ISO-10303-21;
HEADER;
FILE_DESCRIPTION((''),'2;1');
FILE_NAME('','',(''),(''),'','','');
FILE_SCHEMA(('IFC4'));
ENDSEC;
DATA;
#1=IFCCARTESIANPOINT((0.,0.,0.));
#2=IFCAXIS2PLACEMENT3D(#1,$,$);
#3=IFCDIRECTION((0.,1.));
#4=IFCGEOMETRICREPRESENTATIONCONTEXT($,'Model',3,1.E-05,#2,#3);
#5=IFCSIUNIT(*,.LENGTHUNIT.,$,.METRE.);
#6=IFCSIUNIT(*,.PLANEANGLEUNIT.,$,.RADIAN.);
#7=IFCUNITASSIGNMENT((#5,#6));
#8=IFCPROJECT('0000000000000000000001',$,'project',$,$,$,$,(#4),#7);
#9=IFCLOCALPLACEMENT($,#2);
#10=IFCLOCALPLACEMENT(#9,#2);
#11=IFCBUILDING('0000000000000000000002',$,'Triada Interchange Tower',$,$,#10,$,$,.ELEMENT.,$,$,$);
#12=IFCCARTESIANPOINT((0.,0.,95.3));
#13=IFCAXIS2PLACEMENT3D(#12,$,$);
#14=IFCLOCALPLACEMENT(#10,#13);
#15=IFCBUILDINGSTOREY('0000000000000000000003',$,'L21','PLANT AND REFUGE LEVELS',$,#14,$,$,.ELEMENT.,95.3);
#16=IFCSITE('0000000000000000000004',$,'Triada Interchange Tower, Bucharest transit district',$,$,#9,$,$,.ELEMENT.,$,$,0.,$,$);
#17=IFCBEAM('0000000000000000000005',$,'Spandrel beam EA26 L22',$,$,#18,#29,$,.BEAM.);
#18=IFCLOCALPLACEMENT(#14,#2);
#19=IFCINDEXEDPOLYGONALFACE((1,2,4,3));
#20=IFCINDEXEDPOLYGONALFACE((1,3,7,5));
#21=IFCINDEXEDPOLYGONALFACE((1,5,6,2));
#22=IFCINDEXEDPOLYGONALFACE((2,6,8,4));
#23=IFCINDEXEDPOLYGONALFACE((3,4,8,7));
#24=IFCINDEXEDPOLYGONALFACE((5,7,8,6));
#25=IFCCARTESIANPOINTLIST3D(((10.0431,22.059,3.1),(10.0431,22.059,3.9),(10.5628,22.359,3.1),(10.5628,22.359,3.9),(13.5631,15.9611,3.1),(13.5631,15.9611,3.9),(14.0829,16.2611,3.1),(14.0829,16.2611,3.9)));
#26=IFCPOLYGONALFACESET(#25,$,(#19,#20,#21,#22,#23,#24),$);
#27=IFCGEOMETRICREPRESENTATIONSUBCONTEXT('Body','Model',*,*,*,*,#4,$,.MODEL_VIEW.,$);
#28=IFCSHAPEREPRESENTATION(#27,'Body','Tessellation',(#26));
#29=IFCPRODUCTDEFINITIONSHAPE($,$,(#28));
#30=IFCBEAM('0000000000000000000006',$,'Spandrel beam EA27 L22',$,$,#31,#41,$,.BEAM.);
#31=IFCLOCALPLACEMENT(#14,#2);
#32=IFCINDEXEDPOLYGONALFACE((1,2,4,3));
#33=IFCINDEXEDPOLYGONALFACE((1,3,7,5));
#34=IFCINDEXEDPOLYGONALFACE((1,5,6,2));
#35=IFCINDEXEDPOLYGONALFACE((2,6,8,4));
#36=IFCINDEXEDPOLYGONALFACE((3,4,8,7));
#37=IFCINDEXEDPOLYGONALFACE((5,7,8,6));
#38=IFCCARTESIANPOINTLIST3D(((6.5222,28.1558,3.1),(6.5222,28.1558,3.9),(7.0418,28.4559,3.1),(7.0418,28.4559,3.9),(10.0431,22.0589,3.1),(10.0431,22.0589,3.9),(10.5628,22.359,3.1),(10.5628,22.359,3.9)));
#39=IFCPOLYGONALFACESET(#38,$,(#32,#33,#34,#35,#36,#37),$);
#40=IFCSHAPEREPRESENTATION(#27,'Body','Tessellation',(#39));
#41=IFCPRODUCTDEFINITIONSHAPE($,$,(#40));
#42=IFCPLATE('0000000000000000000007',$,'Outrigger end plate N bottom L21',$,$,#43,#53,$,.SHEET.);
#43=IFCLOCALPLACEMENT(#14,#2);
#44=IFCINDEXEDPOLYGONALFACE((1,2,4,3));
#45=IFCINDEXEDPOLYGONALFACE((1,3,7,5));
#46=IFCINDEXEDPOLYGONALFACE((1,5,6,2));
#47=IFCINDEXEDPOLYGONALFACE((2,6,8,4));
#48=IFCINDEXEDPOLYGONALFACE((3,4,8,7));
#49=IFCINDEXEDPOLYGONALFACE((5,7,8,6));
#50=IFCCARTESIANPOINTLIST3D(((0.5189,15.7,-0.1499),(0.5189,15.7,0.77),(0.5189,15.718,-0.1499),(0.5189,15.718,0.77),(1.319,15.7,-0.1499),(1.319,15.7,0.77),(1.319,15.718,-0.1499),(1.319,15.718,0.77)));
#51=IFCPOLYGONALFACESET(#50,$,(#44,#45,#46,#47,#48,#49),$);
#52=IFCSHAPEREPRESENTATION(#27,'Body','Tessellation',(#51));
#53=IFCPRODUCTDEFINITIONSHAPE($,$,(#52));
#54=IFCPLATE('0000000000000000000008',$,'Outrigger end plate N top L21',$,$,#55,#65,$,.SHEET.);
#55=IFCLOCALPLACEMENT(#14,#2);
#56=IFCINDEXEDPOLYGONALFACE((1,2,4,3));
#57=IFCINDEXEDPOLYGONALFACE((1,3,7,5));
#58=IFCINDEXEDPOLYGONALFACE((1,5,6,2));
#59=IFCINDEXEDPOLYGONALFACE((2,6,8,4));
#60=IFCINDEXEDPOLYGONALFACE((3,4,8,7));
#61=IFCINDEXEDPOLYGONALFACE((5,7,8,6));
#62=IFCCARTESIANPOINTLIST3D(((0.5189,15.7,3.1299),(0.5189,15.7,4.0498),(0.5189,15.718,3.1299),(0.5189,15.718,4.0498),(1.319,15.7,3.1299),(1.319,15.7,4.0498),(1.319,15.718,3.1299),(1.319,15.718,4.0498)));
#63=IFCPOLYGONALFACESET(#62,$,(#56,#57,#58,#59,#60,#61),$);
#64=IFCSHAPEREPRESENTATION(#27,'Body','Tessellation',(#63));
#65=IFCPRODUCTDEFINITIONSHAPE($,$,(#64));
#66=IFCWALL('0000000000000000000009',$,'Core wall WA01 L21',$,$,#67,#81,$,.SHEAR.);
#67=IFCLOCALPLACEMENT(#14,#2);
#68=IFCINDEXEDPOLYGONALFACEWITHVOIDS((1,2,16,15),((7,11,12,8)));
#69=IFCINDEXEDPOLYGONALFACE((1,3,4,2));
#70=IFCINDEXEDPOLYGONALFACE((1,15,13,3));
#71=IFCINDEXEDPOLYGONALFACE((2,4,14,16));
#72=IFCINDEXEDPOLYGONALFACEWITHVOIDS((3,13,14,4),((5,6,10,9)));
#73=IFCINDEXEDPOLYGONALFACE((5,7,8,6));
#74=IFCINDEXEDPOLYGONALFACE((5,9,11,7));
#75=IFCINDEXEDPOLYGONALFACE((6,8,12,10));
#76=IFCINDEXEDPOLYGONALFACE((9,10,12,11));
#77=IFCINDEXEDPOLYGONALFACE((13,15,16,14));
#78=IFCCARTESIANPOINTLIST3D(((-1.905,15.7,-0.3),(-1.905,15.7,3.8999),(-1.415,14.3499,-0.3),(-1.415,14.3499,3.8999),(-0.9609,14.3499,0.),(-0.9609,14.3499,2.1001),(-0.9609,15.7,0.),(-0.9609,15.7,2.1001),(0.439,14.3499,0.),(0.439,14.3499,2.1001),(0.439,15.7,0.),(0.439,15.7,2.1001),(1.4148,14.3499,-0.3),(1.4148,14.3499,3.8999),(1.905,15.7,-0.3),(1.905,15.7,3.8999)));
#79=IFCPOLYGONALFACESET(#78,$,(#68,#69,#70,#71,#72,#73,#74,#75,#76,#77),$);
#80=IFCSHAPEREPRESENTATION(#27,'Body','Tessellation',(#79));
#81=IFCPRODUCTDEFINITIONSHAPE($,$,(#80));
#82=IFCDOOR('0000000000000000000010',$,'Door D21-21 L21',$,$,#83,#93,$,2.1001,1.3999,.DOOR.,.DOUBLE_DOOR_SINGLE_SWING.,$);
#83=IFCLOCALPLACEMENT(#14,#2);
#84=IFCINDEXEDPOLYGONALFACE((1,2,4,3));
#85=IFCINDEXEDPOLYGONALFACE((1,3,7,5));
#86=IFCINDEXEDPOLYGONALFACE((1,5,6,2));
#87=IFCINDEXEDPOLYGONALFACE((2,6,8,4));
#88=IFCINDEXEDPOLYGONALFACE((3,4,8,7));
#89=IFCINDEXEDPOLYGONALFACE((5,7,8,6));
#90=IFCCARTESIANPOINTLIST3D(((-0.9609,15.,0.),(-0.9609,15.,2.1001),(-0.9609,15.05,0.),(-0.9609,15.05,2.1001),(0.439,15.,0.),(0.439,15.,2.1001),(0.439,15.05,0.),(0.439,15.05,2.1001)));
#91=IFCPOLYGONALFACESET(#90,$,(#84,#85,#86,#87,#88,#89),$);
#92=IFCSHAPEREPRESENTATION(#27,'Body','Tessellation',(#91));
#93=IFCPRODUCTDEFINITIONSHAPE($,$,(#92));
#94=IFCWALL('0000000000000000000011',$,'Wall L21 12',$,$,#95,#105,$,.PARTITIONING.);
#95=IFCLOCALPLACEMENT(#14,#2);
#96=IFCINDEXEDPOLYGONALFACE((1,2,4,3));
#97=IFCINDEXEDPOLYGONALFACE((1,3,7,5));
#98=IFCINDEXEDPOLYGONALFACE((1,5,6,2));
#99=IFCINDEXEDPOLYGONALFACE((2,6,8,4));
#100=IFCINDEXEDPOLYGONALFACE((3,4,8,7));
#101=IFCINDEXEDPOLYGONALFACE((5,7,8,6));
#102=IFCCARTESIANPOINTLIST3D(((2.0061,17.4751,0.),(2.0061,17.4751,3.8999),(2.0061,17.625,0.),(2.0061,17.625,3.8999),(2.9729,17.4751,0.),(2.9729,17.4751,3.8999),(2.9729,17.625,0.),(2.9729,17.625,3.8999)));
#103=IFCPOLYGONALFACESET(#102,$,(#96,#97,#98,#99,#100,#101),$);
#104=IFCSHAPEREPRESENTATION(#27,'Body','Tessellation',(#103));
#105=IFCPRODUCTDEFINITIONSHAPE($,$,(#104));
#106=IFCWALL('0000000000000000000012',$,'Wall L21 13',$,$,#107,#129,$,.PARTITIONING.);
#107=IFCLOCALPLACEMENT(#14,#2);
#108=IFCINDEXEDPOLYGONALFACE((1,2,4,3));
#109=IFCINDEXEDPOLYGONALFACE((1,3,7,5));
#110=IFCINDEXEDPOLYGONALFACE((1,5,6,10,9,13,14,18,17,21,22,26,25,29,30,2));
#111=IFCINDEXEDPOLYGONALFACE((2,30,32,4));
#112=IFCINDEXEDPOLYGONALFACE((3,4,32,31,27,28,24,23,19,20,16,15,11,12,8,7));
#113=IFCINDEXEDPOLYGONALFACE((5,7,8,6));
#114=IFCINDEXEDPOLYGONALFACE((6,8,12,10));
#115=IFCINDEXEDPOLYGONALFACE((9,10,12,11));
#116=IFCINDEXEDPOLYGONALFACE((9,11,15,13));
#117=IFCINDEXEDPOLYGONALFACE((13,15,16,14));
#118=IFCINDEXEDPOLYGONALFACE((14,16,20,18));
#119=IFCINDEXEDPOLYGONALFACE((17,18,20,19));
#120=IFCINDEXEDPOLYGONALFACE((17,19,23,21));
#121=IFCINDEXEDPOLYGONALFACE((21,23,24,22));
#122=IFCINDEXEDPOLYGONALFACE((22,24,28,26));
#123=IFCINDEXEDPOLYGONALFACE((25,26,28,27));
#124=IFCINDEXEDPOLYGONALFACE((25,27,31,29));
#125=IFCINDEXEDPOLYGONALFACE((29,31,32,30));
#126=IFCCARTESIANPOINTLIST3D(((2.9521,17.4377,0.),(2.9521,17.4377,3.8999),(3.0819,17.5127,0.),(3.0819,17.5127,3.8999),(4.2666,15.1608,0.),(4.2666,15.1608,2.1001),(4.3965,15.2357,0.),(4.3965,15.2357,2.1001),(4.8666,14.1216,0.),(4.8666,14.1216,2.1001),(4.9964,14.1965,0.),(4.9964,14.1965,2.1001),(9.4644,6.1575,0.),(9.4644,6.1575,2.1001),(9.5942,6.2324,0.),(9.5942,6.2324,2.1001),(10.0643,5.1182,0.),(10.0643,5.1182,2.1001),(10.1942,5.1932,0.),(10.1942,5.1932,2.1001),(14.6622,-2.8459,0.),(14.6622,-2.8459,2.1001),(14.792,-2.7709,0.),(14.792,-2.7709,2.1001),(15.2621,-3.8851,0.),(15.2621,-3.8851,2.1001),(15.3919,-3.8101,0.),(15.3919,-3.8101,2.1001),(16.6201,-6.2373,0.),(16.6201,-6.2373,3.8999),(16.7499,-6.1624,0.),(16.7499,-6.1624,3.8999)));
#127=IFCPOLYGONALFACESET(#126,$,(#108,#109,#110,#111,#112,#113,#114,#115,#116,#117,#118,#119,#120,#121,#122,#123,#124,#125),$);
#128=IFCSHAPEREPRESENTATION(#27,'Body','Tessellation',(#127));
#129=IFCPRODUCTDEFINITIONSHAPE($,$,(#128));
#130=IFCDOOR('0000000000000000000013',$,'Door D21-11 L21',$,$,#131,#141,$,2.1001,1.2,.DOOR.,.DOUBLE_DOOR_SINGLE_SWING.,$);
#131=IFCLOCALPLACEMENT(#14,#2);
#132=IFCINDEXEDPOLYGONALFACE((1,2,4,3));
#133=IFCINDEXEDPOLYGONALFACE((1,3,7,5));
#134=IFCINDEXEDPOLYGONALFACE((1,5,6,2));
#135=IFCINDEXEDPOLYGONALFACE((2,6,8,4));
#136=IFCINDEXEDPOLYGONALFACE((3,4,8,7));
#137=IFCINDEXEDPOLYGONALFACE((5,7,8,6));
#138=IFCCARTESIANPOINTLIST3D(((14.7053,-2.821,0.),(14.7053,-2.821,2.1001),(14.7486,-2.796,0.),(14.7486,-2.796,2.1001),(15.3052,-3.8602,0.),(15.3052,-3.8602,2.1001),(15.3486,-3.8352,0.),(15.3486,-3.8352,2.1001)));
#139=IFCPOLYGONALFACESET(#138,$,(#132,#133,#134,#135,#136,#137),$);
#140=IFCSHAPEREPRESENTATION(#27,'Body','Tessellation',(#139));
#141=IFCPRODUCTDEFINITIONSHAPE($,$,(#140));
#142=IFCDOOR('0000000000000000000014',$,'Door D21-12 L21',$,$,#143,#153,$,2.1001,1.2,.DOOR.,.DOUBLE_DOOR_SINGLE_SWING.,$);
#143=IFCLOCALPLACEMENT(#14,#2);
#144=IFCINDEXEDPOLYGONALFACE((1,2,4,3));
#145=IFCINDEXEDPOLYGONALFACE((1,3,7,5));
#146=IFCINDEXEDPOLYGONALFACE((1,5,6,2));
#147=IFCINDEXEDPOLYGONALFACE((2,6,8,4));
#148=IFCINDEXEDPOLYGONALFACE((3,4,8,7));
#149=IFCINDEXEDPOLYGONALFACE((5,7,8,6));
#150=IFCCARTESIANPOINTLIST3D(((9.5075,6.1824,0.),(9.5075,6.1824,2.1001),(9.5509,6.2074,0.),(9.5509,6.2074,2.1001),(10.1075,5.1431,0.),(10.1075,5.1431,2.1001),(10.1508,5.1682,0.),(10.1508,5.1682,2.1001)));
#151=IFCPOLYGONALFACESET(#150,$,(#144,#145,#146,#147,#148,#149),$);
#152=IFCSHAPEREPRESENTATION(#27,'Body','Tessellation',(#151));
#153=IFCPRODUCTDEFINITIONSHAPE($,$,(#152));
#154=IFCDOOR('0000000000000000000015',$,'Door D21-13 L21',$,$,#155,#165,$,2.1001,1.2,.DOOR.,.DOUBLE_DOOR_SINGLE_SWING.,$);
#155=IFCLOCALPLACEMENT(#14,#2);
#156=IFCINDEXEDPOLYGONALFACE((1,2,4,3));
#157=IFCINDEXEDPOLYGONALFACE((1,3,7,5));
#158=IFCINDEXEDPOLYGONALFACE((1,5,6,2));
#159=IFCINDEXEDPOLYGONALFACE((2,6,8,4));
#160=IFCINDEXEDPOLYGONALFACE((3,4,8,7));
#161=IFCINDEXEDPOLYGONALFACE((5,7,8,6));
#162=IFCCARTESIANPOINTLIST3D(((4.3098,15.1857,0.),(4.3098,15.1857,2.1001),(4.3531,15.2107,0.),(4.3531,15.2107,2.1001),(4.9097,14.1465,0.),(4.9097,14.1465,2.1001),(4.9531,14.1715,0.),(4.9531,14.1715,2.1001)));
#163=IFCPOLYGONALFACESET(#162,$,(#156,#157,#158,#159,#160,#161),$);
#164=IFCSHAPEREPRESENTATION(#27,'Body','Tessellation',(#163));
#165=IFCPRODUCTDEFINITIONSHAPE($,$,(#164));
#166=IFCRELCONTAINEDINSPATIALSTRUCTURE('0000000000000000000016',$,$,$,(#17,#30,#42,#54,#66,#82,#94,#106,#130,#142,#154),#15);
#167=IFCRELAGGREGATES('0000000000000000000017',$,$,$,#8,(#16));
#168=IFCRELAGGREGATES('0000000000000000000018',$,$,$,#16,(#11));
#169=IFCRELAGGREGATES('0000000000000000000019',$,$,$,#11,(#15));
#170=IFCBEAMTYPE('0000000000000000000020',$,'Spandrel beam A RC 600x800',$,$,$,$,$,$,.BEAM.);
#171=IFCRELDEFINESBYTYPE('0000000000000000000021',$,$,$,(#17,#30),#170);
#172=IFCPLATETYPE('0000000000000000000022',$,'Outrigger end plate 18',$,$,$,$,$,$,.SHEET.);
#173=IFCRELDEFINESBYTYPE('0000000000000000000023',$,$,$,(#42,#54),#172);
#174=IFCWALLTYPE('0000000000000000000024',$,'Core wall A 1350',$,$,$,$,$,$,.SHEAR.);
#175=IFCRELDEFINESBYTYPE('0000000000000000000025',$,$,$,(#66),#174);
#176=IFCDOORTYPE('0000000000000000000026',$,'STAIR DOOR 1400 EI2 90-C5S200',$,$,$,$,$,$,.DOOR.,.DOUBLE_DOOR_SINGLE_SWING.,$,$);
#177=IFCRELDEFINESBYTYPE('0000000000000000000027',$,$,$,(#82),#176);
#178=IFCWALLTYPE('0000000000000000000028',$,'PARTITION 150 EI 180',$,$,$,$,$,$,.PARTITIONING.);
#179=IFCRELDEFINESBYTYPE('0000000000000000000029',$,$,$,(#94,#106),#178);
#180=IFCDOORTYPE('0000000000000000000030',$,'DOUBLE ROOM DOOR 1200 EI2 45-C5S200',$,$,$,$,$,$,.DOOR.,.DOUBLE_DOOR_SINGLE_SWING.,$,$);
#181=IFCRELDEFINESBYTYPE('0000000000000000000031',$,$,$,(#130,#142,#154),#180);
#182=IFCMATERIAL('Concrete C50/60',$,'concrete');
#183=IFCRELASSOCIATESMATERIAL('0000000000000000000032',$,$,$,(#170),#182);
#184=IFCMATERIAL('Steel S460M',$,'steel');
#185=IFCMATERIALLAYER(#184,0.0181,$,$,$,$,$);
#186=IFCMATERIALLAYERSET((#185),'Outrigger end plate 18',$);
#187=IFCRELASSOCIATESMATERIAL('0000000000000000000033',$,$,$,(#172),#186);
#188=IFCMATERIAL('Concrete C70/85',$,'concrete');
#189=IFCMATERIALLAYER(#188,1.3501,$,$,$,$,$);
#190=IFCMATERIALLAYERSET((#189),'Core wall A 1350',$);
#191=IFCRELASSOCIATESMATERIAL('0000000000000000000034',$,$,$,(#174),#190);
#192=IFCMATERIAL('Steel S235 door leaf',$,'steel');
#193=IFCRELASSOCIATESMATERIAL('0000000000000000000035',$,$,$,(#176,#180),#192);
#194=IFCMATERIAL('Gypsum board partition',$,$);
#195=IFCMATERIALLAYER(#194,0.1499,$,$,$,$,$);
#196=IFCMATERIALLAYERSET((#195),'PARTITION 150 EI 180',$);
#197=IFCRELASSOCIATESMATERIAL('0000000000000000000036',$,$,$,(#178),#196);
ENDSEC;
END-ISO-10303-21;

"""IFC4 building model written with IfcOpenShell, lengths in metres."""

from ifc_helpers import new_model, si_unit, direction, frame, frame_2d, origin, origin_2d, place, context, subcontext, project, spatial, polyline, rectangle, outline, extrude, material, layer, layer_set, material_profile, profile_set, type_object, element, fill, save


model = new_model("IFC4")

# Units and contexts
model_context = context("Model", 3, precision=1e-05, world=origin(), true_north=direction((0.0, 1.0)))
body_context = subcontext(model_context, "Body", "Model", "MODEL_VIEW")
ifc_project = project(units=[si_unit("LENGTHUNIT", "METRE"), si_unit("PLANEANGLEUNIT", "RADIAN")], contexts=[model_context])

# Site, building, storey
site_placement = place(None, origin())
site = spatial("IfcSite", under=ifc_project, at=site_placement, Name="Triada Interchange Tower, Bucharest transit district", CompositionType="ELEMENT", RefElevation=0.0)
building_placement = place(site_placement, origin())
building = spatial("IfcBuilding", under=site, at=building_placement, Name="Triada Interchange Tower", CompositionType="ELEMENT")
storey_placement = place(building_placement, frame((0.0, 0.0, 95.3)))
storey = spatial("IfcBuildingStorey", under=building, at=storey_placement, Name="L21", Description="PLANT AND REFUGE LEVELS", CompositionType="ELEMENT", Elevation=95.3)

# Shared definitions
ifc_material_1 = material(Name="Concrete C70/85", Category="concrete")

# Shared definitions
ifc_material_2 = material(Name="Steel S460M", Category="steel")

# Beams
ifc_material_3 = material(Name="Concrete C50/60", Category="concrete")
ifc_material_profile_1 = material_profile(ifc_material_3, rectangle(XDim=0.6001, YDim=0.8, at=origin_2d()), Name="RC 600x800")
ifc_profile_set_1 = profile_set([ifc_material_profile_1], Name="Concrete C50/60")
beam_type_1 = type_object("IfcBeamType", Name="Spandrel beam A RC 600x800", PredefinedType="BEAM", material=ifc_profile_set_1)
beam_1_placement = place(storey_placement, frame((13.823, 16.1111, 3.5), z_axis=(-0.499936, 0.866063, 0.0), x_axis=(-0.866063, -0.499936, 0.0)))
element("IfcBeam", 1, at=beam_1_placement, inside=storey, type_object=beam_type_1, Name="Spandrel beam EA26 L22", PredefinedType="BEAM", context=body_context, shape_type="SweptSolid", body=[
    extrude(rectangle(XDim=0.6001, YDim=0.8, at=origin_2d()), origin(), (0.0, 0.0, 1.0), 7.041),
])
beam_2_placement = place(storey_placement, frame((10.303, 22.209, 3.5), z_axis=(-0.5001, 0.865968, 0.0), x_axis=(-0.865968, -0.5001, 0.0)))
element("IfcBeam", 2, at=beam_2_placement, inside=storey, type_object=beam_type_1, Name="Spandrel beam EA27 L22", PredefinedType="BEAM", context=body_context, shape_type="SweptSolid", body=[
    extrude(rectangle(XDim=0.6001, YDim=0.8, at=origin_2d()), origin(), (0.0, 0.0, 1.0), 7.0405),
])

# Plates
ifc_layer_1 = layer(ifc_material_2, 0.0181)
ifc_layer_set_1 = layer_set([ifc_layer_1], Name="Outrigger end plate 18")
plate_type = type_object("IfcPlateType", Name="Outrigger end plate 18", PredefinedType="SHEET", material=ifc_layer_set_1)
for number, where, z_axis, x_axis, name in (
    (3, (0.9189, 15.709, -0.1499), (0.0, 0.0, 1.0), (0.0, 1.0, 0.0), "Outrigger end plate N bottom L21"),
    (4, (0.9189, 15.709, 3.1299), (0.0, 0.0, 1.0), (0.0, 1.0, 0.0), "Outrigger end plate N top L21"),
):
    element("IfcPlate", number, at=place(storey_placement, frame(where, z_axis=z_axis, x_axis=x_axis)), inside=storey, type_object=plate_type, Name=name, PredefinedType="SHEET", context=body_context, shape_type="SweptSolid", body=[
        extrude(rectangle(XDim=0.0181, YDim=0.8, at=origin_2d()), origin(), (0.0, 0.0, 1.0), 0.9199),
    ])

# Wall, opening, door
ifc_layer_2 = layer(ifc_material_1, 1.3501)
ifc_layer_set_2 = layer_set([ifc_layer_2], Name="Core wall A 1350")
wall_type_1 = type_object("IfcWallType", Name="Core wall A 1350", PredefinedType="SHEAR", material=ifc_layer_set_2)
wall_1_placement = place(storey_placement, frame((1.6599, 15.0249, -0.3), z_axis=(0.0, 0.0, 1.0), x_axis=(-1.0, 0.0, 0.0)))
wall_1 = element("IfcWall", 5, at=wall_1_placement, inside=storey, type_object=wall_type_1, Name="Core wall WA01 L21", PredefinedType="SHEAR", context=body_context, shape_type="SweptSolid", body=[
    extrude(outline(polyline([(-0.2451, -0.675), (1.6599, -0.675), (3.5649, -0.675), (3.075, 0.675), (1.6602, 0.675), (0.2451, 0.675), (-0.2451, -0.675)])), origin(), (0.0, 0.0, 1.0), 4.2),
])
opening_1_placement = place(wall_1_placement, frame((1.2209, 0.0, 0.3)))
opening_1 = element("IfcOpeningElement", 6, at=opening_1_placement, cuts=wall_1, PredefinedType="OPENING", context=body_context, shape_type="SweptSolid", body=[
    extrude(rectangle(XDim=1.3999, YDim=2.1001, at=frame_2d((0.7, 1.05))), frame((0.0, 0.6851, 0.0), z_axis=(0.0, -1.0, 0.0), x_axis=(1.0, 0.0, 0.0)), (0.0, 0.0, 1.0), 1.3701),
])
ifc_material_4 = material(Name="Steel S235 door leaf", Category="steel")
door_type_1 = type_object("IfcDoorType", Name="STAIR DOOR 1400 EI2 90-C5S200", OperationType="DOUBLE_DOOR_SINGLE_SWING", PredefinedType="DOOR", material=ifc_material_4)
door_1_placement = place(opening_1_placement, origin())
door_1 = element("IfcDoor", 7, at=door_1_placement, inside=storey, type_object=door_type_1, Name="Door D21-21 L21", OperationType="DOUBLE_DOOR_SINGLE_SWING", OverallHeight=2.1001, OverallWidth=1.3999, PredefinedType="DOOR", context=body_context, shape_type="SweptSolid", body=[
    extrude(rectangle(XDim=1.3999, YDim=2.1001, at=frame_2d((0.7, 1.05))), frame((0.0, 0.0249, 0.0), z_axis=(0.0, -1.0, 0.0), x_axis=(1.0, 0.0, 0.0)), (0.0, 0.0, 1.0), 0.05),
])
fill(opening_1, door_1)

# Wall
ifc_material_5 = material(Name="Gypsum board partition")
ifc_layer_3 = layer(ifc_material_5, 0.1499)
ifc_layer_set_3 = layer_set([ifc_layer_3], Name="PARTITION 150 EI 180")
wall_type_2 = type_object("IfcWallType", Name="PARTITION 150 EI 180", PredefinedType="PARTITIONING", material=ifc_layer_set_3)
wall_2_placement = place(storey_placement, frame((2.0061, 17.55, 0.0), z_axis=(0.0, 0.0, 1.0), x_axis=(1.0, 0.0, 0.0)))
element("IfcWall", 8, at=wall_2_placement, inside=storey, type_object=wall_type_2, Name="Wall L21 12", PredefinedType="PARTITIONING", context=body_context, shape_type="SweptSolid", body=[
    extrude(rectangle(XDim=0.9668, YDim=0.1499, at=frame_2d((0.4834, 0.0))), origin(), (0.0, 0.0, 1.0), 3.8999),
])

# Wall, openings, doors
wall_3_placement = place(storey_placement, frame((3.0171, 17.4751, 0.0), z_axis=(0.0, 0.0, 1.0), x_axis=(0.499977, -0.866039, 0.0)))
wall_3 = element("IfcWall", 9, at=wall_3_placement, inside=storey, type_object=wall_type_2, Name="Wall L21 13", PredefinedType="PARTITIONING", context=body_context, shape_type="SweptSolid", body=[
    extrude(rectangle(XDim=27.3372, YDim=0.1499, at=frame_2d((13.6685, 0.0))), origin(), (0.0, 0.0, 1.0), 3.8999),
])
opening_2_placement = place(wall_3_placement, frame((23.4209, 0.0, 0.0)))
opening_2 = element("IfcOpeningElement", 10, at=opening_2_placement, cuts=wall_3, PredefinedType="OPENING", context=body_context, shape_type="SweptSolid", body=[
    extrude(rectangle(XDim=1.2, YDim=2.1001, at=frame_2d((0.6001, 1.05))), frame((0.0, 0.085, 0.0), z_axis=(0.0, -1.0, 0.0), x_axis=(1.0, 0.0, 0.0)), (0.0, 0.0, 1.0), 0.1699),
])
opening_3_placement = place(wall_3_placement, frame((13.0249, 0.0, 0.0)))
opening_3 = element("IfcOpeningElement", 11, at=opening_3_placement, cuts=wall_3, PredefinedType="OPENING", context=body_context, shape_type="SweptSolid", body=[
    extrude(rectangle(XDim=1.2, YDim=2.1001, at=frame_2d((0.6001, 1.05))), frame((0.0, 0.085, 0.0), z_axis=(0.0, -1.0, 0.0), x_axis=(1.0, 0.0, 0.0)), (0.0, 0.0, 1.0), 0.1699),
])
opening_4_placement = place(wall_3_placement, frame((2.6289, 0.0, 0.0)))
opening_4 = element("IfcOpeningElement", 12, at=opening_4_placement, cuts=wall_3, PredefinedType="OPENING", context=body_context, shape_type="SweptSolid", body=[
    extrude(rectangle(XDim=1.2, YDim=2.1001, at=frame_2d((0.6001, 1.05))), frame((0.0, 0.085, 0.0), z_axis=(0.0, -1.0, 0.0), x_axis=(1.0, 0.0, 0.0)), (0.0, 0.0, 1.0), 0.1699),
])
door_type_2 = type_object("IfcDoorType", Name="DOUBLE ROOM DOOR 1200 EI2 45-C5S200", OperationType="DOUBLE_DOOR_SINGLE_SWING", PredefinedType="DOOR", material=ifc_material_4)
door_2_placement = place(opening_2_placement, origin())
door_2 = element("IfcDoor", 13, at=door_2_placement, inside=storey, type_object=door_type_2, Name="Door D21-11 L21", OperationType="DOUBLE_DOOR_SINGLE_SWING", OverallHeight=2.1001, OverallWidth=1.2, PredefinedType="DOOR", context=body_context, shape_type="SweptSolid", body=[
    extrude(rectangle(XDim=1.2, YDim=2.1001, at=frame_2d((0.6001, 1.05))), frame((0.0, 0.0249, 0.0), z_axis=(0.0, -1.0, 0.0), x_axis=(1.0, 0.0, 0.0)), (0.0, 0.0, 1.0), 0.05),
])
fill(opening_2, door_2)
door_3_placement = place(opening_3_placement, origin())
door_3 = element("IfcDoor", 14, at=door_3_placement, inside=storey, type_object=door_type_2, Name="Door D21-12 L21", OperationType="DOUBLE_DOOR_SINGLE_SWING", OverallHeight=2.1001, OverallWidth=1.2, PredefinedType="DOOR", context=body_context, shape_type="SweptSolid", body=[
    extrude(rectangle(XDim=1.2, YDim=2.1001, at=frame_2d((0.6001, 1.05))), frame((0.0, 0.0249, 0.0), z_axis=(0.0, -1.0, 0.0), x_axis=(1.0, 0.0, 0.0)), (0.0, 0.0, 1.0), 0.05),
])
fill(opening_3, door_3)
door_4_placement = place(opening_4_placement, origin())
door_4 = element("IfcDoor", 15, at=door_4_placement, inside=storey, type_object=door_type_2, Name="Door D21-13 L21", OperationType="DOUBLE_DOOR_SINGLE_SWING", OverallHeight=2.1001, OverallWidth=1.2, PredefinedType="DOOR", context=body_context, shape_type="SweptSolid", body=[
    extrude(rectangle(XDim=1.2, YDim=2.1001, at=frame_2d((0.6001, 1.05))), frame((0.0, 0.0249, 0.0), z_axis=(0.0, -1.0, 0.0), x_axis=(1.0, 0.0, 0.0)), (0.0, 0.0, 1.0), 0.05),
])
fill(opening_4, door_4)

save(model, "model.ifc")
